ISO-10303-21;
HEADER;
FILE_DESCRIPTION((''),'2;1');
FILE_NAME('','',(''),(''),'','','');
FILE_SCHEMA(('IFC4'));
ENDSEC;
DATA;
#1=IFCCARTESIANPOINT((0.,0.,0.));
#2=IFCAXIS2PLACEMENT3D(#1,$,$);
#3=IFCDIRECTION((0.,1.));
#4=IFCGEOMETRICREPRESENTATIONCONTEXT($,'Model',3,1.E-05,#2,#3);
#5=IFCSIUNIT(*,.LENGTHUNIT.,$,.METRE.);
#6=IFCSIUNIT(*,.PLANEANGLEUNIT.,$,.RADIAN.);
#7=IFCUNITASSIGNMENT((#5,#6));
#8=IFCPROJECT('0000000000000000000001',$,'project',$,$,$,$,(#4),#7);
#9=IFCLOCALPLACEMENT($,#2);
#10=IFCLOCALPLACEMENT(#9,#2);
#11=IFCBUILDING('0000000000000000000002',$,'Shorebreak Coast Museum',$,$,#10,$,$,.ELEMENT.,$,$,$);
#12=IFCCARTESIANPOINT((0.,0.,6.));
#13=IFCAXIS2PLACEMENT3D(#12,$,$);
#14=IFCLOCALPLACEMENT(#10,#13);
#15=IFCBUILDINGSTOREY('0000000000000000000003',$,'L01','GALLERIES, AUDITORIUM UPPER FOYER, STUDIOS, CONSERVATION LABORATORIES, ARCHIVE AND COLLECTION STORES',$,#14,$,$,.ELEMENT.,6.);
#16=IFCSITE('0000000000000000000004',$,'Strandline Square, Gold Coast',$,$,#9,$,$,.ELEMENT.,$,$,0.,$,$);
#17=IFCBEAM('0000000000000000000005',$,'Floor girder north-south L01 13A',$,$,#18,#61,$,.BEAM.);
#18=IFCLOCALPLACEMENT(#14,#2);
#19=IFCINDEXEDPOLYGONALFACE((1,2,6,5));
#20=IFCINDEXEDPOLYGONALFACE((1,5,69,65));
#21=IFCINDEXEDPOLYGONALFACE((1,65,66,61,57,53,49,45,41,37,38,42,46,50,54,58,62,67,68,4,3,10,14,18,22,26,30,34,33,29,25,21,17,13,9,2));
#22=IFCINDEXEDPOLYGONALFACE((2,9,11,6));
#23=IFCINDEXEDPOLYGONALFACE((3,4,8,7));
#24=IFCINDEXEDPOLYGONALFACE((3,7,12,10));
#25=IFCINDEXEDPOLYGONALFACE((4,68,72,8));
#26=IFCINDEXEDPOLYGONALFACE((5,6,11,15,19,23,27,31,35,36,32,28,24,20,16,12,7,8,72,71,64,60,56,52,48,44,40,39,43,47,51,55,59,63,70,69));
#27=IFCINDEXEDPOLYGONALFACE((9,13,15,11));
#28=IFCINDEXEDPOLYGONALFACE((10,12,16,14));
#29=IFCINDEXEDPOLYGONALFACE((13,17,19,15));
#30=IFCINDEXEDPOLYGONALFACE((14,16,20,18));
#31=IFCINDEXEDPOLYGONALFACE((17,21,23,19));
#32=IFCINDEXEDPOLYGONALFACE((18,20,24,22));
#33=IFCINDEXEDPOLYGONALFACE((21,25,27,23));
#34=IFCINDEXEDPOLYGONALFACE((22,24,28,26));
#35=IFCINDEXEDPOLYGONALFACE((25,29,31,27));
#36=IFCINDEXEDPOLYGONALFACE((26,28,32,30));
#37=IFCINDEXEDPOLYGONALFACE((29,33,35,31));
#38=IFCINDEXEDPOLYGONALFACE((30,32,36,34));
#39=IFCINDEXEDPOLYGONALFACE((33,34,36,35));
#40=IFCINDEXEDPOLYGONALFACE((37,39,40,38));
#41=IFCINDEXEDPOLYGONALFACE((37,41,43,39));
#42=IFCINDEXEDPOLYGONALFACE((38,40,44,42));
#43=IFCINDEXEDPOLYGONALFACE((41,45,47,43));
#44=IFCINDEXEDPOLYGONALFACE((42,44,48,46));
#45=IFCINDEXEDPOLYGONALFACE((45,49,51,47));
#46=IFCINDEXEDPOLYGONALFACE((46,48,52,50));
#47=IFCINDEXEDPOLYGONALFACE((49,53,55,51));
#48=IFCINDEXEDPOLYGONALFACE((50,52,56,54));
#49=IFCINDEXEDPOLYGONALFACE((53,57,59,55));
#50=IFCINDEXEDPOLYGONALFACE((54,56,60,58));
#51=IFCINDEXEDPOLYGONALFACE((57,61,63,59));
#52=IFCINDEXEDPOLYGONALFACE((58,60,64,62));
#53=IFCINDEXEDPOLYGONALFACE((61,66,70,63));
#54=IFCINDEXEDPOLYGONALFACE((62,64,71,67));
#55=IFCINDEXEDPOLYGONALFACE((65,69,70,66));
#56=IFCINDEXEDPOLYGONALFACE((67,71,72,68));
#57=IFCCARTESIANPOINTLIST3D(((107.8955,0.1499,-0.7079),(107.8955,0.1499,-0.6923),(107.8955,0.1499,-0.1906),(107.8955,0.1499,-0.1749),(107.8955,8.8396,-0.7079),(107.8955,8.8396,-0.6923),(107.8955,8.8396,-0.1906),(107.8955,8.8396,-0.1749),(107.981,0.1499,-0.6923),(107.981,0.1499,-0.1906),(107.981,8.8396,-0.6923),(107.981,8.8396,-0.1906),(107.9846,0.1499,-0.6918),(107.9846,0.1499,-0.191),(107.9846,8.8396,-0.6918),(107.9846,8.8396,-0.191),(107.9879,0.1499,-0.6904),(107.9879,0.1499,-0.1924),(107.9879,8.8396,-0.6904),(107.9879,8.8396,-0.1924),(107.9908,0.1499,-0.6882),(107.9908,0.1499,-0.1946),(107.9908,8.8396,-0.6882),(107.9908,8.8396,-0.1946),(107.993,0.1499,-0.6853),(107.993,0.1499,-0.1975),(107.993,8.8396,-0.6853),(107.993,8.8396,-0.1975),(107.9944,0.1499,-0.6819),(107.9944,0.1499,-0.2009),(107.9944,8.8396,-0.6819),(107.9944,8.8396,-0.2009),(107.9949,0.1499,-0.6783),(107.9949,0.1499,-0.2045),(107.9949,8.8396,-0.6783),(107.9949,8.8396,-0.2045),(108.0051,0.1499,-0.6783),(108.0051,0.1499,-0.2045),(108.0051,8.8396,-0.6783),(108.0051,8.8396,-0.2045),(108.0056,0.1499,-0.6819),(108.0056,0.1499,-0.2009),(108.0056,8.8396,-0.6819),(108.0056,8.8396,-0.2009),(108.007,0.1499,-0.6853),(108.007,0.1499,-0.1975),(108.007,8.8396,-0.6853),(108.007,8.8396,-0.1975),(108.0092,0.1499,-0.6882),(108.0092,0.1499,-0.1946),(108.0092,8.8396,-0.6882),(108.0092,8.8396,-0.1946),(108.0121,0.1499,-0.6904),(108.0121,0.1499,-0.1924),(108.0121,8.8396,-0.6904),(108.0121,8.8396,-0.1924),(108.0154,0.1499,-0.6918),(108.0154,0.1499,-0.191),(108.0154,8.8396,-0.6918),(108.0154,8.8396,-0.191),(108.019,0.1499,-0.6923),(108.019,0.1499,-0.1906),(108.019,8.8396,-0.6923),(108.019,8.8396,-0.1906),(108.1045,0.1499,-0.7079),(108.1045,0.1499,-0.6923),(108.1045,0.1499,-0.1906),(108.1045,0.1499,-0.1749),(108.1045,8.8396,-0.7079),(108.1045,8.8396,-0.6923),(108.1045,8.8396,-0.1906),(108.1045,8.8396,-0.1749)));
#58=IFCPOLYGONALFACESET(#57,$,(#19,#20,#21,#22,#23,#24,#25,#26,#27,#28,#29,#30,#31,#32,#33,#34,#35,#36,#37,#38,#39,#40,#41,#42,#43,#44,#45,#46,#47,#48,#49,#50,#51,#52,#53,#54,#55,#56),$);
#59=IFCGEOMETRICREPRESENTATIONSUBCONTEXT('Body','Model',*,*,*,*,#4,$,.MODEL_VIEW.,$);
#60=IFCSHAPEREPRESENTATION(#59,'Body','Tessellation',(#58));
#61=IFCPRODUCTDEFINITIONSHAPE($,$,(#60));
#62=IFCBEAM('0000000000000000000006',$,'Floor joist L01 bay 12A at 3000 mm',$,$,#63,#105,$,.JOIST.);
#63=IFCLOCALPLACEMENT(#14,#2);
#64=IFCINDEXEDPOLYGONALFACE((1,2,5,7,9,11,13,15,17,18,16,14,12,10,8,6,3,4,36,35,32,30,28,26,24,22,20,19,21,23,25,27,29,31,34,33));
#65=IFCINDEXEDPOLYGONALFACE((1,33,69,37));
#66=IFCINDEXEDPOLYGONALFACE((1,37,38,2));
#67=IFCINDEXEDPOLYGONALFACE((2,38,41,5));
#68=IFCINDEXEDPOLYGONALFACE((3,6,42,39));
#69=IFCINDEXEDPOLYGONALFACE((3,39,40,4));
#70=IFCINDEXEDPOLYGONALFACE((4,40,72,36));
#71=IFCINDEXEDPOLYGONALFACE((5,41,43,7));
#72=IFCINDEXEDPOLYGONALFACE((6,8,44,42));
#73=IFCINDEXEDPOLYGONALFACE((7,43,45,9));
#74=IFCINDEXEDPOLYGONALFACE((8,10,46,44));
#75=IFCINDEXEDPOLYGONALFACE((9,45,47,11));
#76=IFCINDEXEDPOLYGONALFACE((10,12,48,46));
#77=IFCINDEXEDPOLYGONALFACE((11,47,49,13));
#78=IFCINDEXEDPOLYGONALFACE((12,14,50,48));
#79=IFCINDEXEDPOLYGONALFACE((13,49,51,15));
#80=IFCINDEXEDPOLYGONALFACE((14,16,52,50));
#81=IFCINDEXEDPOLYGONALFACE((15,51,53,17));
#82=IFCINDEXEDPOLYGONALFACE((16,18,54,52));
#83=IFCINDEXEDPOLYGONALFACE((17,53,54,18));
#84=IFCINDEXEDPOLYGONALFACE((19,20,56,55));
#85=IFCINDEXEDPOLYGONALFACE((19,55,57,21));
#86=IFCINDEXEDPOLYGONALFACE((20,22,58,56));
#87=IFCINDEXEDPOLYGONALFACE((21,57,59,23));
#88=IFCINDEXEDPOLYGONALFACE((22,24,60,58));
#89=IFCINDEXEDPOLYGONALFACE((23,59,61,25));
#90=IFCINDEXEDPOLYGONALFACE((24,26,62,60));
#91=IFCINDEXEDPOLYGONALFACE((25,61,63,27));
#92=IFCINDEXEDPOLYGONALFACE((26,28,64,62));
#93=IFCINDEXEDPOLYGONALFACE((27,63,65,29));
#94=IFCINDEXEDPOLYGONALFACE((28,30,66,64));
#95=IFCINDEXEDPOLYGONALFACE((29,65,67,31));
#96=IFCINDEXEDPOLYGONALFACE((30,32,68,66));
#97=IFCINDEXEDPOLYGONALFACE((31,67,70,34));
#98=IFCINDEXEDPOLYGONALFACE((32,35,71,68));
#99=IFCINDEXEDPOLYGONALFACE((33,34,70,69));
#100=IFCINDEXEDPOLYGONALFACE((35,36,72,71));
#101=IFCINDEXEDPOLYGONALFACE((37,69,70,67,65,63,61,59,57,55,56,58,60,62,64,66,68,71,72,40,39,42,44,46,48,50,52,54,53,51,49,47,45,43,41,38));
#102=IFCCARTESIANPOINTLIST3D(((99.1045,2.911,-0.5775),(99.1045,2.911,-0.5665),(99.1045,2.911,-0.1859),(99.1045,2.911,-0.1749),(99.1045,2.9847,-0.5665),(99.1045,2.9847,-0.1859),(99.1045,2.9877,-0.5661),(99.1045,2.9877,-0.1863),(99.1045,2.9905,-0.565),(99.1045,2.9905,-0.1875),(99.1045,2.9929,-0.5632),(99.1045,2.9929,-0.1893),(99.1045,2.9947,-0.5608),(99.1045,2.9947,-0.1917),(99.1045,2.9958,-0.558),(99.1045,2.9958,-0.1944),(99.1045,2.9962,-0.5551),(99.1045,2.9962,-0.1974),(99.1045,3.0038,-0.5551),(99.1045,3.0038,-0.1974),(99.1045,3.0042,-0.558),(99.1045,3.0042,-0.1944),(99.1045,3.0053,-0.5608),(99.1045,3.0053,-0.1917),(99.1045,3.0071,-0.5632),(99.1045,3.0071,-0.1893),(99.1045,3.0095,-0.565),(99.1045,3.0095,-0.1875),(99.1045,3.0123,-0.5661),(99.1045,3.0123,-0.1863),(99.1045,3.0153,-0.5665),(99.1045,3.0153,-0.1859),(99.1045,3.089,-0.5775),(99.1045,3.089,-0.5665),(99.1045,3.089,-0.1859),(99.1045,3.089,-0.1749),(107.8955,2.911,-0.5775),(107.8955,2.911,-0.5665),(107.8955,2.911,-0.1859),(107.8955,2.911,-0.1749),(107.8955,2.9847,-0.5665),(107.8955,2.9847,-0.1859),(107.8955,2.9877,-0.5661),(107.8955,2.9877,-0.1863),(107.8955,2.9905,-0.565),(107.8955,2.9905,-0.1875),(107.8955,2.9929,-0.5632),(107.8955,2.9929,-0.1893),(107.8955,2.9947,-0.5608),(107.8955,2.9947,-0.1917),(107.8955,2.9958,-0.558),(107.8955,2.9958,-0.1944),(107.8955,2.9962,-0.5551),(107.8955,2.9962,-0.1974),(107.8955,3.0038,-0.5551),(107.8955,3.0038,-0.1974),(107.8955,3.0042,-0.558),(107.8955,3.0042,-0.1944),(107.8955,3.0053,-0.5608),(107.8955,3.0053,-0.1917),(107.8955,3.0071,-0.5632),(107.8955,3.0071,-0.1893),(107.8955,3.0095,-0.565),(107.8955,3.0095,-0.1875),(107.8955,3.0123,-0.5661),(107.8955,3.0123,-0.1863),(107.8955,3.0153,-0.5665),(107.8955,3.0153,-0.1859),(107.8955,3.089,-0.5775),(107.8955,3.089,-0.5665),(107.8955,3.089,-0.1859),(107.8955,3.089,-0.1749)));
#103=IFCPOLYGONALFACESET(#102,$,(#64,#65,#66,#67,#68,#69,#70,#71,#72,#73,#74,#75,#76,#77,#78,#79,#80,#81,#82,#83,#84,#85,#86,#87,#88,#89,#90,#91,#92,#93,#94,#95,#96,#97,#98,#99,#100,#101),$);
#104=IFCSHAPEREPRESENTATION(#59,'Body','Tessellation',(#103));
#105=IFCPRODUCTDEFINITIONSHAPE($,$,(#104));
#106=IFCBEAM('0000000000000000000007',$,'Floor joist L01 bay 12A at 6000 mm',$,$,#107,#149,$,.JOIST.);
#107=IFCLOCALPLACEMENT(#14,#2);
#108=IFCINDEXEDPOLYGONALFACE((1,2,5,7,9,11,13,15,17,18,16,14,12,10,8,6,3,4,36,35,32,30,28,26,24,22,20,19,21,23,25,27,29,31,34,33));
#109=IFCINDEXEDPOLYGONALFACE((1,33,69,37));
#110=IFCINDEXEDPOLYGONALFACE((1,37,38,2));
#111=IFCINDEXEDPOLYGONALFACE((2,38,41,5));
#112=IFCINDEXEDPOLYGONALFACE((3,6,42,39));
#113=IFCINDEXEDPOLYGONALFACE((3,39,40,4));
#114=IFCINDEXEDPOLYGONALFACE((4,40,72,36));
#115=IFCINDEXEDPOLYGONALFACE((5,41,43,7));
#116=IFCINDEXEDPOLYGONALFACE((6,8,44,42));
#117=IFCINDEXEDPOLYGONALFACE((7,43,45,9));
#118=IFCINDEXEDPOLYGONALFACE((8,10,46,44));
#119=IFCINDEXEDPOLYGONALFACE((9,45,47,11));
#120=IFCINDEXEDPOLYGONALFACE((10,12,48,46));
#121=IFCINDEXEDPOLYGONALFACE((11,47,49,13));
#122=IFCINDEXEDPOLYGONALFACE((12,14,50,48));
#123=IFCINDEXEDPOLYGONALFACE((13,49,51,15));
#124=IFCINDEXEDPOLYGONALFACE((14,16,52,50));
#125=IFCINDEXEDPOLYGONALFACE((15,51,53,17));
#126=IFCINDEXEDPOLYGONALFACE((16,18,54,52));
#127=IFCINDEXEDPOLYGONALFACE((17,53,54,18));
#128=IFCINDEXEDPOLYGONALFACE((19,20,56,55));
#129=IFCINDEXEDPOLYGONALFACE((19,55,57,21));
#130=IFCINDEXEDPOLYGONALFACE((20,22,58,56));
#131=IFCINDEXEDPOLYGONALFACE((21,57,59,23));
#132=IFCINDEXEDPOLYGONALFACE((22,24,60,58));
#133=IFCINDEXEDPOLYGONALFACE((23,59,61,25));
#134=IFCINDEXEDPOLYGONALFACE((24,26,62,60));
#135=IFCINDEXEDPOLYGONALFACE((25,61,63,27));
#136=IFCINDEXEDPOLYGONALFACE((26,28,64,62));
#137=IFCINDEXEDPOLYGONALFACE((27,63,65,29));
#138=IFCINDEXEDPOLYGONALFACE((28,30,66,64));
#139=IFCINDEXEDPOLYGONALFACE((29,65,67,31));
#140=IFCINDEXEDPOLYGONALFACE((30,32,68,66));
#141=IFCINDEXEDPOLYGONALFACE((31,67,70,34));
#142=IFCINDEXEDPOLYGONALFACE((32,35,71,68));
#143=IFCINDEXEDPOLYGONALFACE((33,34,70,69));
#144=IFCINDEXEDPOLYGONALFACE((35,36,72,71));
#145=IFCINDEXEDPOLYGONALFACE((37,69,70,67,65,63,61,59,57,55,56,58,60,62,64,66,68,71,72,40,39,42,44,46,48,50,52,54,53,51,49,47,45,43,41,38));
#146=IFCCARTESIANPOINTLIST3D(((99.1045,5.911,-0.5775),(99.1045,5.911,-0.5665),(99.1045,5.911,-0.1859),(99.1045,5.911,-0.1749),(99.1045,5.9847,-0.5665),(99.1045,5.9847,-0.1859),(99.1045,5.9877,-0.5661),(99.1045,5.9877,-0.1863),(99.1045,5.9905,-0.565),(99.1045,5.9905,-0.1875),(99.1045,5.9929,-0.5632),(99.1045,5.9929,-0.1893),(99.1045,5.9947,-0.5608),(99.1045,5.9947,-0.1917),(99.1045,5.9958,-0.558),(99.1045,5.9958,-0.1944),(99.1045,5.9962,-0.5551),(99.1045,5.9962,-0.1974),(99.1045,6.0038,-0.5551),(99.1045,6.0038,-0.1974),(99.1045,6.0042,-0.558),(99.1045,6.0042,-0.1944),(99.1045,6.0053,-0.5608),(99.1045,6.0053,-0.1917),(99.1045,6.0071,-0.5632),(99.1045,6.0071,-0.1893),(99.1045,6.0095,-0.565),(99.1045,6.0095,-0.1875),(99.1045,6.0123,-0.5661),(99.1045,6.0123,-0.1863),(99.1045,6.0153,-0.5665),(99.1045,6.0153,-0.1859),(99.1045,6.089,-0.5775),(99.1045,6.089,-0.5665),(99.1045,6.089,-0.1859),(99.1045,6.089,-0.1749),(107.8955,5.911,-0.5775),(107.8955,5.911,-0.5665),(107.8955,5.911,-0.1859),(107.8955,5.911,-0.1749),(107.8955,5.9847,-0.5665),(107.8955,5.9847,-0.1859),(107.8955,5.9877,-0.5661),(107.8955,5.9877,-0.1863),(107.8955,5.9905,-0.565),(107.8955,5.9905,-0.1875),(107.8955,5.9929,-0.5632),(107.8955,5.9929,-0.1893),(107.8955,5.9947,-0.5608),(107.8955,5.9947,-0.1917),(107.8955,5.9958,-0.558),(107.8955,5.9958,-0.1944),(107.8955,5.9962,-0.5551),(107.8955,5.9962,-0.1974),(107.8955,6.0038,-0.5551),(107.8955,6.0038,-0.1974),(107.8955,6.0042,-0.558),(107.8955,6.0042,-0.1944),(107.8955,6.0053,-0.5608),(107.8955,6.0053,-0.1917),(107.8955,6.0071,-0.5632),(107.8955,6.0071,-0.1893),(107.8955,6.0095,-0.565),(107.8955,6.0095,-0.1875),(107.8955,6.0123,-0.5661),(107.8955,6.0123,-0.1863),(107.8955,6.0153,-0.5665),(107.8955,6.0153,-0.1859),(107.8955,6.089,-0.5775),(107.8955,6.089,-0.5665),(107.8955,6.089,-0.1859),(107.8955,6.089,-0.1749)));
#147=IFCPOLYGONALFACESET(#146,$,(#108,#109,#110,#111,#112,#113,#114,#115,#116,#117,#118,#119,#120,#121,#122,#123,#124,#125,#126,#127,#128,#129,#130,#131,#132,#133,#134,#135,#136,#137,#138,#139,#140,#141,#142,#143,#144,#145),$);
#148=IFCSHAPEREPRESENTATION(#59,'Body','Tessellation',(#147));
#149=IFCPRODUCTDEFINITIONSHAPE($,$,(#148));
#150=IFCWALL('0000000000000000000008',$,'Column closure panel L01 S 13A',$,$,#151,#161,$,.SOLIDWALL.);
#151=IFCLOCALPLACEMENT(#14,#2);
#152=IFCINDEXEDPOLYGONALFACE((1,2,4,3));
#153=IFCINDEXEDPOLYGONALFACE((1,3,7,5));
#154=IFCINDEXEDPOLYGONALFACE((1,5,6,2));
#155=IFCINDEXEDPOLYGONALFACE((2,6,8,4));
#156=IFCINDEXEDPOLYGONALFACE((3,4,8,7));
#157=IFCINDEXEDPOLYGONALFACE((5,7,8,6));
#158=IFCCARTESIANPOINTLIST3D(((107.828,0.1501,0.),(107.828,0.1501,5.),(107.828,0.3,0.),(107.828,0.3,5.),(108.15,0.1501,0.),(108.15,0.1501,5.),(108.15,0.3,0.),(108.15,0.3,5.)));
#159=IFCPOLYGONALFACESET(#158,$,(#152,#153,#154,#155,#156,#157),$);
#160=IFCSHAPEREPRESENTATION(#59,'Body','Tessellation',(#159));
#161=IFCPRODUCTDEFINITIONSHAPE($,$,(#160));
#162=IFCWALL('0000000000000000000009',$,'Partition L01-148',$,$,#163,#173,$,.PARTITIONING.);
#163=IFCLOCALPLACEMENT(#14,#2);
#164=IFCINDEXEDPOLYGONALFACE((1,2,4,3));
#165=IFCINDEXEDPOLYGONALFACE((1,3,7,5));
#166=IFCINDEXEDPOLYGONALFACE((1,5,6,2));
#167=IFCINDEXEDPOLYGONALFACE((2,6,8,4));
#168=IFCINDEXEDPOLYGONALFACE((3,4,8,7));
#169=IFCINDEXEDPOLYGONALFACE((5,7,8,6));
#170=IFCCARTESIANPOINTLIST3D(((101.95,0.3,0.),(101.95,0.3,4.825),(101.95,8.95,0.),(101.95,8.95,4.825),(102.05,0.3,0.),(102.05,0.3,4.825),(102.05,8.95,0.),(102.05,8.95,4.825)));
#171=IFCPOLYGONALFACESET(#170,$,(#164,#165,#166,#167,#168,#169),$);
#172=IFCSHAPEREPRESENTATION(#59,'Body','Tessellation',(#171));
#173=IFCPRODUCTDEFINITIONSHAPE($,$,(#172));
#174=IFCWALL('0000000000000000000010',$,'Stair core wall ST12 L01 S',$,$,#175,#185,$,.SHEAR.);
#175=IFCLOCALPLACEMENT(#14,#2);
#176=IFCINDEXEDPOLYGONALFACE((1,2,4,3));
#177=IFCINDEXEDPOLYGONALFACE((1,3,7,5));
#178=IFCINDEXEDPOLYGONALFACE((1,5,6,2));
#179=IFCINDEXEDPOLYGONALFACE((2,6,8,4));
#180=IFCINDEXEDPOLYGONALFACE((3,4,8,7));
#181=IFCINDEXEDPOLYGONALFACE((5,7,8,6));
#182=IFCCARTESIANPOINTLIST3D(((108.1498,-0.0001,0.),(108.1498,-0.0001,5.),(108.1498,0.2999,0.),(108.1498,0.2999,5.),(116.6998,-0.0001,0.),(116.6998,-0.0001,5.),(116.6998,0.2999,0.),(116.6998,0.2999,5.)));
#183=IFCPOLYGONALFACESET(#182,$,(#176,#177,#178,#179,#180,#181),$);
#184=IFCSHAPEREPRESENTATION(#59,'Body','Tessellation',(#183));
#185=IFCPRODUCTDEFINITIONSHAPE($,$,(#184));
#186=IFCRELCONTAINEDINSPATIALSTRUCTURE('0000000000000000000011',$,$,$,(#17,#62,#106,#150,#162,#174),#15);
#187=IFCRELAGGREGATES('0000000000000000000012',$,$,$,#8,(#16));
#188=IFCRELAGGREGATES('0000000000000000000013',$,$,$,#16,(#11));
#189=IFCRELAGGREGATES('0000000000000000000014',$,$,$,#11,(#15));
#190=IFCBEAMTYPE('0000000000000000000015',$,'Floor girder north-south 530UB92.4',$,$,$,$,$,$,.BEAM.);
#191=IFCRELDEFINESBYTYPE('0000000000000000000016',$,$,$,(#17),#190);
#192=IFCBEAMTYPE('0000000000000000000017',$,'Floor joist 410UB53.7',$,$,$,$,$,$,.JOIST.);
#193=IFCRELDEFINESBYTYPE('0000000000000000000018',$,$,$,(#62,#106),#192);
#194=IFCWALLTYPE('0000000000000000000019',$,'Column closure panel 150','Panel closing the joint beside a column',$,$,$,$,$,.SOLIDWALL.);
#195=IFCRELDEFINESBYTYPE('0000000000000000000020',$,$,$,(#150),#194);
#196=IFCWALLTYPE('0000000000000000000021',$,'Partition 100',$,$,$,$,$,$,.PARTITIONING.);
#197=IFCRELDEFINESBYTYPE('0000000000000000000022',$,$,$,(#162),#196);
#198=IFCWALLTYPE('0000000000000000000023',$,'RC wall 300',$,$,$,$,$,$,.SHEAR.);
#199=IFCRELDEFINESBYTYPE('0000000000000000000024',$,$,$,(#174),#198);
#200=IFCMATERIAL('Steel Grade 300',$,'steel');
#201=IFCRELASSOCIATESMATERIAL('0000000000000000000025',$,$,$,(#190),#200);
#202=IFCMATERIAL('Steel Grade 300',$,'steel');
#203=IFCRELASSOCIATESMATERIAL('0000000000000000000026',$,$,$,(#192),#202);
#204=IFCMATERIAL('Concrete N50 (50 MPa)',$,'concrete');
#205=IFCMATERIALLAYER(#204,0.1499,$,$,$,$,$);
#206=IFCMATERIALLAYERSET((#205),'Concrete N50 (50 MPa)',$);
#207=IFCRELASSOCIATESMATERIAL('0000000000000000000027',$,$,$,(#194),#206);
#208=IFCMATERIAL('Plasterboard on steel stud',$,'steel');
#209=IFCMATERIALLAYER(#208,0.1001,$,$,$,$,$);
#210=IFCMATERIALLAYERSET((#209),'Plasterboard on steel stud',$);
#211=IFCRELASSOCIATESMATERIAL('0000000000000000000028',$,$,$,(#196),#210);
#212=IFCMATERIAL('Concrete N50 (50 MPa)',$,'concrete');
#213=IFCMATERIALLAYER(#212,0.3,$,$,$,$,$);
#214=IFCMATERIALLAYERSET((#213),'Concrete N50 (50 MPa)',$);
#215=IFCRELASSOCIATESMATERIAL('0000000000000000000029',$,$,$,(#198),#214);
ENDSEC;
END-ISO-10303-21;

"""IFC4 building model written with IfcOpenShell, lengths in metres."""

from ifc_helpers import new_model, si_unit, direction, frame, frame_2d, origin, origin_2d, place, context, subcontext, project, spatial, rectangle, i_section, extrude, material, layer, layer_set, material_profile, profile_set, type_object, element, save


model = new_model("IFC4")

# Units and contexts
model_context = context("Model", 3, precision=1e-05, world=origin(), true_north=direction((0.0, 1.0)))
body_context = subcontext(model_context, "Body", "Model", "MODEL_VIEW")
ifc_project = project(units=[si_unit("LENGTHUNIT", "METRE"), si_unit("PLANEANGLEUNIT", "RADIAN")], contexts=[model_context])

# Site, building, storey
site_placement = place(None, origin())
site = spatial("IfcSite", under=ifc_project, at=site_placement, Name="Strandline Square, Gold Coast", CompositionType="ELEMENT", RefElevation=0.0)
building_placement = place(site_placement, origin())
building = spatial("IfcBuilding", under=site, at=building_placement, Name="Shorebreak Coast Museum", CompositionType="ELEMENT")
storey_placement = place(building_placement, frame((0.0, 0.0, 6.0)))
storey = spatial("IfcBuildingStorey", under=building, at=storey_placement, Name="L01", Description="GALLERIES, AUDITORIUM UPPER FOYER, STUDIOS, CONSERVATION LABORATORIES, ARCHIVE AND COLLECTION STORES", CompositionType="ELEMENT", Elevation=6.0)

# Beams
ifc_material_1 = material(Name="Steel Grade 300", Category="steel")
ifc_material_profile_1 = material_profile(ifc_material_1, i_section(OverallWidth=0.209, OverallDepth=0.533, WebThickness=0.0103, FlangeThickness=0.0156, FilletRadius=0.0139, at=origin_2d()), Name="530UB92.4")
ifc_profile_set_1 = profile_set([ifc_material_profile_1], Name="Steel Grade 300")
beam_type_1 = type_object("IfcBeamType", Name="Floor girder north-south 530UB92.4", PredefinedType="BEAM", material=ifc_profile_set_1)
beam_placement = place(storey_placement, frame((108.0, 0.1499, -0.4414), z_axis=(0.0, 1.0, 0.0), x_axis=(-1.0, 0.0, 0.0)))
element("IfcBeam", 1, at=beam_placement, inside=storey, type_object=beam_type_1, Name="Floor girder north-south L01 13A", PredefinedType="BEAM", context=body_context, shape_type="SweptSolid", body=[
    extrude(i_section(OverallWidth=0.209, OverallDepth=0.533, WebThickness=0.0103, FlangeThickness=0.0156, FilletRadius=0.0139, at=origin_2d()), origin(), (0.0, 0.0, 1.0), 8.6897),
])
ifc_material_2 = material(Name="Steel Grade 300", Category="steel")
ifc_material_profile_2 = material_profile(ifc_material_2, i_section(OverallWidth=0.178, OverallDepth=0.4026, WebThickness=0.0076, FlangeThickness=0.011, FilletRadius=0.0115, at=origin_2d()), Name="410UB53.7")
ifc_profile_set_2 = profile_set([ifc_material_profile_2], Name="Steel Grade 300")
beam_type_2 = type_object("IfcBeamType", Name="Floor joist 410UB53.7", PredefinedType="JOIST", material=ifc_profile_set_2)
for number, where, z_axis, x_axis, name in (
    (2, (99.1045, 3.0, -0.3762), (1.0, 0.0, 0.0), (0.0, 1.0, 0.0), "Floor joist L01 bay 12A at 3000 mm"),
    (3, (99.1045, 6.0, -0.3762), (1.0, 0.0, 0.0), (0.0, 1.0, 0.0), "Floor joist L01 bay 12A at 6000 mm"),
):
    element("IfcBeam", number, at=place(storey_placement, frame(where, z_axis=z_axis, x_axis=x_axis)), inside=storey, type_object=beam_type_2, Name=name, PredefinedType="JOIST", context=body_context, shape_type="SweptSolid", body=[
        extrude(i_section(OverallWidth=0.178, OverallDepth=0.4026, WebThickness=0.0076, FlangeThickness=0.011, FilletRadius=0.0115, at=origin_2d()), origin(), (0.0, 0.0, 1.0), 8.791),
    ])

# Walls
ifc_material_3 = material(Name="Concrete N50 (50 MPa)", Category="concrete")
ifc_layer_1 = layer(ifc_material_3, 0.1499)
ifc_layer_set_1 = layer_set([ifc_layer_1], Name="Concrete N50 (50 MPa)")
wall_type_1 = type_object("IfcWallType", Name="Column closure panel 150", Description="Panel closing the joint beside a column", PredefinedType="SOLIDWALL", material=ifc_layer_set_1)
wall_1_placement = place(storey_placement, frame((107.8279, 0.2251, 0.0), z_axis=(0.0, 0.0, 1.0), x_axis=(1.0, 0.0, 0.0)))
element("IfcWall", 4, at=wall_1_placement, inside=storey, type_object=wall_type_1, Name="Column closure panel L01 S 13A", PredefinedType="SOLIDWALL", context=body_context, shape_type="SweptSolid", body=[
    extrude(rectangle(XDim=0.322, YDim=0.1499, at=frame_2d((0.1611, 0.0))), origin(), (0.0, 0.0, 1.0), 5.0),
])
ifc_material_4 = material(Name="Plasterboard on steel stud", Category="steel")
ifc_layer_2 = layer(ifc_material_4, 0.1001)
ifc_layer_set_2 = layer_set([ifc_layer_2], Name="Plasterboard on steel stud")
wall_type_2 = type_object("IfcWallType", Name="Partition 100", PredefinedType="PARTITIONING", material=ifc_layer_set_2)
wall_2_placement = place(storey_placement, frame((102.0, 0.3, 0.0), z_axis=(0.0, 0.0, 1.0), x_axis=(0.0, 1.0, 0.0)))
element("IfcWall", 5, at=wall_2_placement, inside=storey, type_object=wall_type_2, Name="Partition L01-148", PredefinedType="PARTITIONING", context=body_context, shape_type="SweptSolid", body=[
    extrude(rectangle(XDim=8.6499, YDim=0.1001, at=frame_2d((4.325, 0.0))), origin(), (0.0, 0.0, 1.0), 4.825),
])
ifc_material_5 = material(Name="Concrete N50 (50 MPa)", Category="concrete")
ifc_layer_3 = layer(ifc_material_5, 0.3)
ifc_layer_set_3 = layer_set([ifc_layer_3], Name="Concrete N50 (50 MPa)")
wall_type_3 = type_object("IfcWallType", Name="RC wall 300", PredefinedType="SHEAR", material=ifc_layer_set_3)
wall_3_placement = place(storey_placement, frame((108.1499, 0.1499, 0.0), z_axis=(0.0, 0.0, 1.0), x_axis=(1.0, 0.0, 0.0)))
element("IfcWall", 6, at=wall_3_placement, inside=storey, type_object=wall_type_3, Name="Stair core wall ST12 L01 S", PredefinedType="SHEAR", context=body_context, shape_type="SweptSolid", body=[
    extrude(rectangle(XDim=8.55, YDim=0.3, at=frame_2d((4.2749, 0.0))), origin(), (0.0, 0.0, 1.0), 5.0),
])

save(model, "model.ifc")
